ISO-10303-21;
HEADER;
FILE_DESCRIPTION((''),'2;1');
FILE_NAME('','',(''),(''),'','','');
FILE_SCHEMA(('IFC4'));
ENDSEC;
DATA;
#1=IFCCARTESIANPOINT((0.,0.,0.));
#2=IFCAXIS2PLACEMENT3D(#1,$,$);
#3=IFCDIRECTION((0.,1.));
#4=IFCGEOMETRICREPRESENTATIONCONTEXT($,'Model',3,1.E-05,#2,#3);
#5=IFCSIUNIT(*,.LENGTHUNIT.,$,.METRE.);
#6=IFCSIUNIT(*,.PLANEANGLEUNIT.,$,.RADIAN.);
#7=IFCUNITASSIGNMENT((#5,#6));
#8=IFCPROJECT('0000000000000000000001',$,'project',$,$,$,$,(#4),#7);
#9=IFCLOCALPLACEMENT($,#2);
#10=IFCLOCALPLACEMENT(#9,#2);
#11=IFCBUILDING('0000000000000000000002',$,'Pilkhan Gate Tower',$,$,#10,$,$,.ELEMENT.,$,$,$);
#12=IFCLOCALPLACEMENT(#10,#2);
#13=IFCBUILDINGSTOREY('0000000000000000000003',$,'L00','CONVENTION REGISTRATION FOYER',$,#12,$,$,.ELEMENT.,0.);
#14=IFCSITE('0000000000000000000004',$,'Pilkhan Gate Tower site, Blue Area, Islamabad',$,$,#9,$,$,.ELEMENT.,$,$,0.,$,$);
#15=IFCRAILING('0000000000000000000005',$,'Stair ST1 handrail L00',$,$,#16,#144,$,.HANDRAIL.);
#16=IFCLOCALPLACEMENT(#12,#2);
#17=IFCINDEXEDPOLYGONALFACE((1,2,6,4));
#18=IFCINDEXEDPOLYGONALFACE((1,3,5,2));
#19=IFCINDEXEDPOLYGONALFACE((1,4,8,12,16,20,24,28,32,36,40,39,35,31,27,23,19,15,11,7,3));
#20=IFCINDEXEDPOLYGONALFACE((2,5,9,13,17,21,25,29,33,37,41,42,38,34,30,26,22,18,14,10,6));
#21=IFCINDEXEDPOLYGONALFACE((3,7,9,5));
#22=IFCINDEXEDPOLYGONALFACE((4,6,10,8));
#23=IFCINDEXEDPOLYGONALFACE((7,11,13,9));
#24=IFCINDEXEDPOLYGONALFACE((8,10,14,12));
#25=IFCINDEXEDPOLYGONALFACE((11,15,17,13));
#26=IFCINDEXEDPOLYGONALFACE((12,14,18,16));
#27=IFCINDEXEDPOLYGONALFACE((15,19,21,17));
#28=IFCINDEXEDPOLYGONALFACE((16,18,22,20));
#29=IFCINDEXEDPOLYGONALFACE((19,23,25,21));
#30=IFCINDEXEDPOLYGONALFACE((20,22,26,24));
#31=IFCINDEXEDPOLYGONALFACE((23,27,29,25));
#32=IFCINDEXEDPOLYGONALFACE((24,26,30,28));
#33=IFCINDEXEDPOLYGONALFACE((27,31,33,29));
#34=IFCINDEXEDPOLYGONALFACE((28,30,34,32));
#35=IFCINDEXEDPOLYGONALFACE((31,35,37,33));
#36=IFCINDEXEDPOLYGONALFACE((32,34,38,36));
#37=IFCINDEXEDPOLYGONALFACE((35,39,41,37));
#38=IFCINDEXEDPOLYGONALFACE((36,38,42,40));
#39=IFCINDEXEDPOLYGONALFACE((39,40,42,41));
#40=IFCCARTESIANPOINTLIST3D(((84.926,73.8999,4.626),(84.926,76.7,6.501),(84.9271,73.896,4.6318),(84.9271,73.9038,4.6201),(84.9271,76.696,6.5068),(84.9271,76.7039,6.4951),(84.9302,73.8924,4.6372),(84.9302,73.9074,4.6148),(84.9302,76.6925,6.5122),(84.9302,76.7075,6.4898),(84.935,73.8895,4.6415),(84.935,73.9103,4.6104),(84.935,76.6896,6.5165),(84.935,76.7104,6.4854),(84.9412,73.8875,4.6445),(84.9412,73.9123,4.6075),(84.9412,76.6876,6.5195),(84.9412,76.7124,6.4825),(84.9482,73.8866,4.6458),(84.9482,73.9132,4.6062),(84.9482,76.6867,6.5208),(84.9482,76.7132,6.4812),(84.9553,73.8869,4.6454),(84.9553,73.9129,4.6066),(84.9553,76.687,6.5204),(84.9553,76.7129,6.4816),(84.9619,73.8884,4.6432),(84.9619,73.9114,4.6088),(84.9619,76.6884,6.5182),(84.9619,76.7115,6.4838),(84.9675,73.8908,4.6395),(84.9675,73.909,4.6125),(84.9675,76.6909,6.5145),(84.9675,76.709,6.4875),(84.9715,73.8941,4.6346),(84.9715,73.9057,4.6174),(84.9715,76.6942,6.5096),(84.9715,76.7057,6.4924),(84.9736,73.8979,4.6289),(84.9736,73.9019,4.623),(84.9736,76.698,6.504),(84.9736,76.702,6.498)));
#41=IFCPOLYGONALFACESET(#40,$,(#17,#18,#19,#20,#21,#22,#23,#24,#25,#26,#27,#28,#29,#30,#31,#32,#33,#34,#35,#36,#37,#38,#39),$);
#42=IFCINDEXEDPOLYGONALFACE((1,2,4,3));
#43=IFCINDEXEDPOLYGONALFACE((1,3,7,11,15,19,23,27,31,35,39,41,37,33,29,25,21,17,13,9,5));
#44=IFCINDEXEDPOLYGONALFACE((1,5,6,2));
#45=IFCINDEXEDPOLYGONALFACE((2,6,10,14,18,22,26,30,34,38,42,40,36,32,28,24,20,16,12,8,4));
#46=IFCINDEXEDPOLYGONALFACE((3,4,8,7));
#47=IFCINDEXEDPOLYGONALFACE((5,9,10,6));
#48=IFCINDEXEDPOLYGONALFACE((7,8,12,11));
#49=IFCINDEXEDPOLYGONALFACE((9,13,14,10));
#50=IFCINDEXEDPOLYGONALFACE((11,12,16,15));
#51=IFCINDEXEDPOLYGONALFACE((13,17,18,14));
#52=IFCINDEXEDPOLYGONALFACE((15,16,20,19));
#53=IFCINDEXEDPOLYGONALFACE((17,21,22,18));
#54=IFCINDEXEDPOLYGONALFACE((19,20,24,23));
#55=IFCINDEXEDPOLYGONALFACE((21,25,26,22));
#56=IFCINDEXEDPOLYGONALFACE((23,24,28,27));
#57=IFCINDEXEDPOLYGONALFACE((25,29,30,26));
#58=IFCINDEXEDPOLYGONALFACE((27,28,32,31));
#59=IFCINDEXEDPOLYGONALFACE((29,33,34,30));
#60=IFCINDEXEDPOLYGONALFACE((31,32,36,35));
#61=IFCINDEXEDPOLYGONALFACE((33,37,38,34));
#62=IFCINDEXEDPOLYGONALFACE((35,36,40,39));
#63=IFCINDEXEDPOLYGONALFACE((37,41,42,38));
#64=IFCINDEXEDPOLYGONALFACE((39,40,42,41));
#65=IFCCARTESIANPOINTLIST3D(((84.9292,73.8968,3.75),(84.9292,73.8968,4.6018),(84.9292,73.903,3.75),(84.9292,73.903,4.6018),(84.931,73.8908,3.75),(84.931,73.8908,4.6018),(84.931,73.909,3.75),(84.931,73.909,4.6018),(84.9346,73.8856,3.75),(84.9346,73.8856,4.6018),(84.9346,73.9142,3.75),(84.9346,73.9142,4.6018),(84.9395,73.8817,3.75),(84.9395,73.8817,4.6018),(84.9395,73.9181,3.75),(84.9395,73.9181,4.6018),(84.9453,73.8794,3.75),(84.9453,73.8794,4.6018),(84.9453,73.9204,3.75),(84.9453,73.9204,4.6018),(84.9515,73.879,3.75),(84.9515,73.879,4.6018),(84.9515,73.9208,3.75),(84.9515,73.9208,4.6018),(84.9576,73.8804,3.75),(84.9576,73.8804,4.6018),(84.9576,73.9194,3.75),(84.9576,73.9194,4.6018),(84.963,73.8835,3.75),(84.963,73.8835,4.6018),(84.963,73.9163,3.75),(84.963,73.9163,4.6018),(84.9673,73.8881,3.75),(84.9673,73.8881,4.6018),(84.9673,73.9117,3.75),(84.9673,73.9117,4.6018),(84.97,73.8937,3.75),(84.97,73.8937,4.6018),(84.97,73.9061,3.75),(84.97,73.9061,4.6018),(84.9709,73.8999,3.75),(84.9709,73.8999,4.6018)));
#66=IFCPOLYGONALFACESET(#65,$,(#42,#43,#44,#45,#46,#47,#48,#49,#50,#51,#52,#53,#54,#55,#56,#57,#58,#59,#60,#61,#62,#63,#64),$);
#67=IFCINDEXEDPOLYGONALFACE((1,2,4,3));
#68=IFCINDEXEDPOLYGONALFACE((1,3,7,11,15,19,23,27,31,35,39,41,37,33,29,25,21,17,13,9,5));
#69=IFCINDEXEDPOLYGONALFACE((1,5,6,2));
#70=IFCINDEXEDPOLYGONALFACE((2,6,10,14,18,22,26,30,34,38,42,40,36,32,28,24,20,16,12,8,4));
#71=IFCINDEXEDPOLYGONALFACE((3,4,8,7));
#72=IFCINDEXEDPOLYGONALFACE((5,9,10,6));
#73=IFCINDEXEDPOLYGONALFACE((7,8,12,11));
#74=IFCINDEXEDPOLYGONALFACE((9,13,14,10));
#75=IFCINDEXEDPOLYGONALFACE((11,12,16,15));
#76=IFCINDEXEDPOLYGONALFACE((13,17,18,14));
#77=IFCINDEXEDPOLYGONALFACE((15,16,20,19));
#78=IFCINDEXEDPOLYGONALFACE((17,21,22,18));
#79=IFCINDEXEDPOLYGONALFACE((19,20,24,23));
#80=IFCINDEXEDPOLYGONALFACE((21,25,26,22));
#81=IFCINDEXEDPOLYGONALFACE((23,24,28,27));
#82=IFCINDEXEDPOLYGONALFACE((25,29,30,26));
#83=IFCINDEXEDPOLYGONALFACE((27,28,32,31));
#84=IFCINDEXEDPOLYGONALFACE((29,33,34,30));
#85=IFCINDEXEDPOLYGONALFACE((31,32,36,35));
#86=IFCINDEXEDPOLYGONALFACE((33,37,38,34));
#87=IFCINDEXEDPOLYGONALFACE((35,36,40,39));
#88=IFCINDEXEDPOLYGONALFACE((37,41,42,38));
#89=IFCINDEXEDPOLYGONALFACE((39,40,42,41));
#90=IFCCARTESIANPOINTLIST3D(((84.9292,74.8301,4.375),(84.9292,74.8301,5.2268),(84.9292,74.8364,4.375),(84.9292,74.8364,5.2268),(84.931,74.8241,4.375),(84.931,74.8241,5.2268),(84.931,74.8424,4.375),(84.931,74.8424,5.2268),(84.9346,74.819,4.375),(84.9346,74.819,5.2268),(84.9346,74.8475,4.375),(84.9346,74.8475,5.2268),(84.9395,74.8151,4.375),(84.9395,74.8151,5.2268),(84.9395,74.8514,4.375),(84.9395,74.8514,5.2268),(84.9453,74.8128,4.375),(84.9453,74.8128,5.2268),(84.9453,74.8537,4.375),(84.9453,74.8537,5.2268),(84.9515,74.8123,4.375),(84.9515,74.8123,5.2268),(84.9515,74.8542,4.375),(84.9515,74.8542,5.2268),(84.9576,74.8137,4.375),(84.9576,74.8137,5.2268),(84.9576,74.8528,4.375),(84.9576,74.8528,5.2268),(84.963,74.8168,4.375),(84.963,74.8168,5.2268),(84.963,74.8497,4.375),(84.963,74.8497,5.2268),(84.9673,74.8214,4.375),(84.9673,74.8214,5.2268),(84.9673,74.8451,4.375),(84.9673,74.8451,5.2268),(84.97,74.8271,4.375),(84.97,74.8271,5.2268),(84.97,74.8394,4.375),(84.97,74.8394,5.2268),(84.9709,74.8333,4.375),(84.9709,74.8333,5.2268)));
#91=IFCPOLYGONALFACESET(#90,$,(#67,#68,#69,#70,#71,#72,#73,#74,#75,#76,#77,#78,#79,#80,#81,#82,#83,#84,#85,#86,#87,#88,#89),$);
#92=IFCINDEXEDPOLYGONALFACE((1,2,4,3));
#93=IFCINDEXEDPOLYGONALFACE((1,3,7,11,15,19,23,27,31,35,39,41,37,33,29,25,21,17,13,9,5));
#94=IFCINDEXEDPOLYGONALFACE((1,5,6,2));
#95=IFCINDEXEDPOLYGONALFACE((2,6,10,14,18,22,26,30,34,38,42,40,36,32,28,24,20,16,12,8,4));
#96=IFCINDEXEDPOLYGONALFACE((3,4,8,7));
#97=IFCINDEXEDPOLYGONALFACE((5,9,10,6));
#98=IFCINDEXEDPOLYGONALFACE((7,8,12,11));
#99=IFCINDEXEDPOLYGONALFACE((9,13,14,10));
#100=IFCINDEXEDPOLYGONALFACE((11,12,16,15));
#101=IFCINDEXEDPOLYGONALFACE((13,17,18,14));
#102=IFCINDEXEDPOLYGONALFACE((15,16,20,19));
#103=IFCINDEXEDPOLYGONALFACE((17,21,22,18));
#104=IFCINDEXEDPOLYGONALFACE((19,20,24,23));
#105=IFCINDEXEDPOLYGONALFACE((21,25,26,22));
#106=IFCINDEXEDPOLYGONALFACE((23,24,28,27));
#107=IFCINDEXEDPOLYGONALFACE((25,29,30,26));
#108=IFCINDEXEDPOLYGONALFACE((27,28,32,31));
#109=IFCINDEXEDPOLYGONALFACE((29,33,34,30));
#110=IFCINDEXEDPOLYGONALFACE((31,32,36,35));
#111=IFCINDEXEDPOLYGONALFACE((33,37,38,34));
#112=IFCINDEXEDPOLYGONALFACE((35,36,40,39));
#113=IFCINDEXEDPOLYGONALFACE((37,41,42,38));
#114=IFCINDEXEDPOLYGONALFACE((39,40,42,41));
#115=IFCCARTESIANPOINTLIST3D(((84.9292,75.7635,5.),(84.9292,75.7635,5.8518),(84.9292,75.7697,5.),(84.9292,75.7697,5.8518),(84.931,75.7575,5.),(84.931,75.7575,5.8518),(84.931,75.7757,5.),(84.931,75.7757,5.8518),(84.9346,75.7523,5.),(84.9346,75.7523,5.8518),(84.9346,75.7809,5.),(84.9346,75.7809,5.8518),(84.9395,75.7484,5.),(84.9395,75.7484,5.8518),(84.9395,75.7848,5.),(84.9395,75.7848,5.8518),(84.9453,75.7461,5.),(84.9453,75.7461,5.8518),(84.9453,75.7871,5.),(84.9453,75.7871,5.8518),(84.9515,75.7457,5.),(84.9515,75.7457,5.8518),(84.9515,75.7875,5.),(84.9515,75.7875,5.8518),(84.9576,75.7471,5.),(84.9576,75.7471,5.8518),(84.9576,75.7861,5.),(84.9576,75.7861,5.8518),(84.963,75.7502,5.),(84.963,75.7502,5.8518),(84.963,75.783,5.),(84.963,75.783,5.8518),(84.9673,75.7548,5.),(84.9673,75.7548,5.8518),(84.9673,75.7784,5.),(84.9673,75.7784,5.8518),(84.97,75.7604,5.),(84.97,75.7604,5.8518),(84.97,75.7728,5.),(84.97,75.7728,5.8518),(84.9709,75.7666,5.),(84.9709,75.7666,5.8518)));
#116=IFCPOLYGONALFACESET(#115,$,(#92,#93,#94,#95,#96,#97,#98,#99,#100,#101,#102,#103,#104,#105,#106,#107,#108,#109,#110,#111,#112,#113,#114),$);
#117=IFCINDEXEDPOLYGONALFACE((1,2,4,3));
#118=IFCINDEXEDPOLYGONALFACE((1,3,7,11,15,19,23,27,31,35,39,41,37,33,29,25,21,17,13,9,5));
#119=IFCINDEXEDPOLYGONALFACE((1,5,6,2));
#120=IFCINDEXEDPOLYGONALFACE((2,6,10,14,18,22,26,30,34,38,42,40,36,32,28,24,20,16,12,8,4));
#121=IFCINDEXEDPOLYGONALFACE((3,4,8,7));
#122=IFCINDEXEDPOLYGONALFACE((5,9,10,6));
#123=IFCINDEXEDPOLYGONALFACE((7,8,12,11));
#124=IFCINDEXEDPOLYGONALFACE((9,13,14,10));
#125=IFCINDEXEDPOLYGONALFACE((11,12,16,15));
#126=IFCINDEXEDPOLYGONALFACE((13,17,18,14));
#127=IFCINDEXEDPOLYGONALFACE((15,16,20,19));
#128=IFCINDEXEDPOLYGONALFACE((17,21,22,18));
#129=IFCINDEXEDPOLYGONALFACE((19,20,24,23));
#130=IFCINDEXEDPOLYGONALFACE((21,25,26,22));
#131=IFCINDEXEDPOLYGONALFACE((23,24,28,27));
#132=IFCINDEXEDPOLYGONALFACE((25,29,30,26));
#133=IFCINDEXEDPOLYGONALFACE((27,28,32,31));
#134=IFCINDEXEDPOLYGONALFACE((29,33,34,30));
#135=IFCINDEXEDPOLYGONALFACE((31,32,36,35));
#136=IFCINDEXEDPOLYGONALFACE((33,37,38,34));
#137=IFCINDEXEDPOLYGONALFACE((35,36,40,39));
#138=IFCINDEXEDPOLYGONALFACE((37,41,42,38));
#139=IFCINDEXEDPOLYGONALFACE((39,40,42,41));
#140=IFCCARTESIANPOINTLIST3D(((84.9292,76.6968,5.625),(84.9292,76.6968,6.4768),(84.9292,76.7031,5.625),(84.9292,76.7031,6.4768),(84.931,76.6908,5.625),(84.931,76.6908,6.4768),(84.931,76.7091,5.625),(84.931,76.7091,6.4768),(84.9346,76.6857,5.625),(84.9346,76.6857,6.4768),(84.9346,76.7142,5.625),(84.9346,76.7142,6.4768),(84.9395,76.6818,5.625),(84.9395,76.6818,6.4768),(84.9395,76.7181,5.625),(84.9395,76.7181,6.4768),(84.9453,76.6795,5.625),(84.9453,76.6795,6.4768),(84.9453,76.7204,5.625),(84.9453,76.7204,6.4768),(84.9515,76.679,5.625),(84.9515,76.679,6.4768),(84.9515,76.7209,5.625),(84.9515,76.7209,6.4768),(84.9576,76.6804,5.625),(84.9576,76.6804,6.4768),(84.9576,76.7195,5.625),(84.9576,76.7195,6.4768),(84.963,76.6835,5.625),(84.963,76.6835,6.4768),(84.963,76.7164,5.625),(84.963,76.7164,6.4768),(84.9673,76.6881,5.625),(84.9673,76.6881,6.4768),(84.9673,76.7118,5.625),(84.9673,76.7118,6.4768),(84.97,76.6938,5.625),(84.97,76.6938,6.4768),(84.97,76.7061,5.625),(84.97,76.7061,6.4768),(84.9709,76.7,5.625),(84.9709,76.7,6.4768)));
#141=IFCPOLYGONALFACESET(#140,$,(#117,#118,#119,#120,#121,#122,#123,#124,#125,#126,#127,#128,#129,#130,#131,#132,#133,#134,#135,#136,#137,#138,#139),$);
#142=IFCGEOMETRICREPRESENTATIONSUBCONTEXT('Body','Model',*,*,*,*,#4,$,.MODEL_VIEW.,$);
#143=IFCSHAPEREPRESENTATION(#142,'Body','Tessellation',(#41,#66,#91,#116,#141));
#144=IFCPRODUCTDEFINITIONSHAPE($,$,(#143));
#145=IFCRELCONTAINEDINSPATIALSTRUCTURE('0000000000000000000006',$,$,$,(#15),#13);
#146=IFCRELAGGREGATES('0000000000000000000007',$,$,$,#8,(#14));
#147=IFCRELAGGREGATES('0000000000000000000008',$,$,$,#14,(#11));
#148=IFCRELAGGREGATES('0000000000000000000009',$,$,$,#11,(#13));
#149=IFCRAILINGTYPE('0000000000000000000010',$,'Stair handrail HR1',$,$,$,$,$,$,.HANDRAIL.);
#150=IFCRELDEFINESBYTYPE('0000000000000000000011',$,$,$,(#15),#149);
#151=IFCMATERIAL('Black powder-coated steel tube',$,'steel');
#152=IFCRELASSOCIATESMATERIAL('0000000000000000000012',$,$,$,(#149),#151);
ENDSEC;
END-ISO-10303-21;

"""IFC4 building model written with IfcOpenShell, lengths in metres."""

from ifc_helpers import new_model, si_unit, direction, frame, origin, origin_2d, place, context, subcontext, project, spatial, circle, extrude, material, type_object, element, save


model = new_model("IFC4")

# Units and contexts
model_context = context("Model", 3, precision=1e-05, world=origin(), true_north=direction((0.0, 1.0)))
body_context = subcontext(model_context, "Body", "Model", "MODEL_VIEW")
ifc_project = project(units=[si_unit("LENGTHUNIT", "METRE"), si_unit("PLANEANGLEUNIT", "RADIAN")], contexts=[model_context])

# Site, building, storey
site_placement = place(None, origin())
site = spatial("IfcSite", under=ifc_project, at=site_placement, Name="Pilkhan Gate Tower site, Blue Area, Islamabad", CompositionType="ELEMENT", RefElevation=0.0)
building_placement = place(site_placement, origin())
building = spatial("IfcBuilding", under=site, at=building_placement, Name="Pilkhan Gate Tower", CompositionType="ELEMENT")
storey_placement = place(building_placement, origin())
storey = spatial("IfcBuildingStorey", under=building, at=storey_placement, Name="L00", Description="CONVENTION REGISTRATION FOYER", CompositionType="ELEMENT", Elevation=0.0)

# Railing
ifc_material_1 = material(Name="Black powder-coated steel tube", Category="steel")
railing_type = type_object("IfcRailingType", Name="Stair handrail HR1", PredefinedType="HANDRAIL", material=ifc_material_1)
for number, where, name in (
    (1, (84.95, 73.8999, 3.75), "Stair ST1 handrail L00"),
):
    element("IfcRailing", number, at=place(storey_placement, frame(where)), inside=storey, type_object=railing_type, Name=name, PredefinedType="HANDRAIL", context=body_context, shape_type="SweptSolid", body=[
        extrude(circle(Radius=0.0239, at=origin_2d()), frame((0.0, 0.0, 0.876), z_axis=(0.0, 0.830912, 0.556404), x_axis=(-1.0, 0.0, 0.0)), (0.0, 0.0, 1.0), 3.3699),
        extrude(circle(Radius=0.021, at=origin_2d()), origin(), (0.0, 0.0, 1.0), 0.8518),
        extrude(circle(Radius=0.021, at=origin_2d()), frame((0.0, 0.9333, 0.625)), (0.0, 0.0, 1.0), 0.8518),
        extrude(circle(Radius=0.021, at=origin_2d()), frame((0.0, 1.8667, 1.25)), (0.0, 0.0, 1.0), 0.8518),
        extrude(circle(Radius=0.021, at=origin_2d()), frame((0.0, 2.8, 1.875)), (0.0, 0.0, 1.0), 0.8518),
    ])

save(model, "model.ifc")
